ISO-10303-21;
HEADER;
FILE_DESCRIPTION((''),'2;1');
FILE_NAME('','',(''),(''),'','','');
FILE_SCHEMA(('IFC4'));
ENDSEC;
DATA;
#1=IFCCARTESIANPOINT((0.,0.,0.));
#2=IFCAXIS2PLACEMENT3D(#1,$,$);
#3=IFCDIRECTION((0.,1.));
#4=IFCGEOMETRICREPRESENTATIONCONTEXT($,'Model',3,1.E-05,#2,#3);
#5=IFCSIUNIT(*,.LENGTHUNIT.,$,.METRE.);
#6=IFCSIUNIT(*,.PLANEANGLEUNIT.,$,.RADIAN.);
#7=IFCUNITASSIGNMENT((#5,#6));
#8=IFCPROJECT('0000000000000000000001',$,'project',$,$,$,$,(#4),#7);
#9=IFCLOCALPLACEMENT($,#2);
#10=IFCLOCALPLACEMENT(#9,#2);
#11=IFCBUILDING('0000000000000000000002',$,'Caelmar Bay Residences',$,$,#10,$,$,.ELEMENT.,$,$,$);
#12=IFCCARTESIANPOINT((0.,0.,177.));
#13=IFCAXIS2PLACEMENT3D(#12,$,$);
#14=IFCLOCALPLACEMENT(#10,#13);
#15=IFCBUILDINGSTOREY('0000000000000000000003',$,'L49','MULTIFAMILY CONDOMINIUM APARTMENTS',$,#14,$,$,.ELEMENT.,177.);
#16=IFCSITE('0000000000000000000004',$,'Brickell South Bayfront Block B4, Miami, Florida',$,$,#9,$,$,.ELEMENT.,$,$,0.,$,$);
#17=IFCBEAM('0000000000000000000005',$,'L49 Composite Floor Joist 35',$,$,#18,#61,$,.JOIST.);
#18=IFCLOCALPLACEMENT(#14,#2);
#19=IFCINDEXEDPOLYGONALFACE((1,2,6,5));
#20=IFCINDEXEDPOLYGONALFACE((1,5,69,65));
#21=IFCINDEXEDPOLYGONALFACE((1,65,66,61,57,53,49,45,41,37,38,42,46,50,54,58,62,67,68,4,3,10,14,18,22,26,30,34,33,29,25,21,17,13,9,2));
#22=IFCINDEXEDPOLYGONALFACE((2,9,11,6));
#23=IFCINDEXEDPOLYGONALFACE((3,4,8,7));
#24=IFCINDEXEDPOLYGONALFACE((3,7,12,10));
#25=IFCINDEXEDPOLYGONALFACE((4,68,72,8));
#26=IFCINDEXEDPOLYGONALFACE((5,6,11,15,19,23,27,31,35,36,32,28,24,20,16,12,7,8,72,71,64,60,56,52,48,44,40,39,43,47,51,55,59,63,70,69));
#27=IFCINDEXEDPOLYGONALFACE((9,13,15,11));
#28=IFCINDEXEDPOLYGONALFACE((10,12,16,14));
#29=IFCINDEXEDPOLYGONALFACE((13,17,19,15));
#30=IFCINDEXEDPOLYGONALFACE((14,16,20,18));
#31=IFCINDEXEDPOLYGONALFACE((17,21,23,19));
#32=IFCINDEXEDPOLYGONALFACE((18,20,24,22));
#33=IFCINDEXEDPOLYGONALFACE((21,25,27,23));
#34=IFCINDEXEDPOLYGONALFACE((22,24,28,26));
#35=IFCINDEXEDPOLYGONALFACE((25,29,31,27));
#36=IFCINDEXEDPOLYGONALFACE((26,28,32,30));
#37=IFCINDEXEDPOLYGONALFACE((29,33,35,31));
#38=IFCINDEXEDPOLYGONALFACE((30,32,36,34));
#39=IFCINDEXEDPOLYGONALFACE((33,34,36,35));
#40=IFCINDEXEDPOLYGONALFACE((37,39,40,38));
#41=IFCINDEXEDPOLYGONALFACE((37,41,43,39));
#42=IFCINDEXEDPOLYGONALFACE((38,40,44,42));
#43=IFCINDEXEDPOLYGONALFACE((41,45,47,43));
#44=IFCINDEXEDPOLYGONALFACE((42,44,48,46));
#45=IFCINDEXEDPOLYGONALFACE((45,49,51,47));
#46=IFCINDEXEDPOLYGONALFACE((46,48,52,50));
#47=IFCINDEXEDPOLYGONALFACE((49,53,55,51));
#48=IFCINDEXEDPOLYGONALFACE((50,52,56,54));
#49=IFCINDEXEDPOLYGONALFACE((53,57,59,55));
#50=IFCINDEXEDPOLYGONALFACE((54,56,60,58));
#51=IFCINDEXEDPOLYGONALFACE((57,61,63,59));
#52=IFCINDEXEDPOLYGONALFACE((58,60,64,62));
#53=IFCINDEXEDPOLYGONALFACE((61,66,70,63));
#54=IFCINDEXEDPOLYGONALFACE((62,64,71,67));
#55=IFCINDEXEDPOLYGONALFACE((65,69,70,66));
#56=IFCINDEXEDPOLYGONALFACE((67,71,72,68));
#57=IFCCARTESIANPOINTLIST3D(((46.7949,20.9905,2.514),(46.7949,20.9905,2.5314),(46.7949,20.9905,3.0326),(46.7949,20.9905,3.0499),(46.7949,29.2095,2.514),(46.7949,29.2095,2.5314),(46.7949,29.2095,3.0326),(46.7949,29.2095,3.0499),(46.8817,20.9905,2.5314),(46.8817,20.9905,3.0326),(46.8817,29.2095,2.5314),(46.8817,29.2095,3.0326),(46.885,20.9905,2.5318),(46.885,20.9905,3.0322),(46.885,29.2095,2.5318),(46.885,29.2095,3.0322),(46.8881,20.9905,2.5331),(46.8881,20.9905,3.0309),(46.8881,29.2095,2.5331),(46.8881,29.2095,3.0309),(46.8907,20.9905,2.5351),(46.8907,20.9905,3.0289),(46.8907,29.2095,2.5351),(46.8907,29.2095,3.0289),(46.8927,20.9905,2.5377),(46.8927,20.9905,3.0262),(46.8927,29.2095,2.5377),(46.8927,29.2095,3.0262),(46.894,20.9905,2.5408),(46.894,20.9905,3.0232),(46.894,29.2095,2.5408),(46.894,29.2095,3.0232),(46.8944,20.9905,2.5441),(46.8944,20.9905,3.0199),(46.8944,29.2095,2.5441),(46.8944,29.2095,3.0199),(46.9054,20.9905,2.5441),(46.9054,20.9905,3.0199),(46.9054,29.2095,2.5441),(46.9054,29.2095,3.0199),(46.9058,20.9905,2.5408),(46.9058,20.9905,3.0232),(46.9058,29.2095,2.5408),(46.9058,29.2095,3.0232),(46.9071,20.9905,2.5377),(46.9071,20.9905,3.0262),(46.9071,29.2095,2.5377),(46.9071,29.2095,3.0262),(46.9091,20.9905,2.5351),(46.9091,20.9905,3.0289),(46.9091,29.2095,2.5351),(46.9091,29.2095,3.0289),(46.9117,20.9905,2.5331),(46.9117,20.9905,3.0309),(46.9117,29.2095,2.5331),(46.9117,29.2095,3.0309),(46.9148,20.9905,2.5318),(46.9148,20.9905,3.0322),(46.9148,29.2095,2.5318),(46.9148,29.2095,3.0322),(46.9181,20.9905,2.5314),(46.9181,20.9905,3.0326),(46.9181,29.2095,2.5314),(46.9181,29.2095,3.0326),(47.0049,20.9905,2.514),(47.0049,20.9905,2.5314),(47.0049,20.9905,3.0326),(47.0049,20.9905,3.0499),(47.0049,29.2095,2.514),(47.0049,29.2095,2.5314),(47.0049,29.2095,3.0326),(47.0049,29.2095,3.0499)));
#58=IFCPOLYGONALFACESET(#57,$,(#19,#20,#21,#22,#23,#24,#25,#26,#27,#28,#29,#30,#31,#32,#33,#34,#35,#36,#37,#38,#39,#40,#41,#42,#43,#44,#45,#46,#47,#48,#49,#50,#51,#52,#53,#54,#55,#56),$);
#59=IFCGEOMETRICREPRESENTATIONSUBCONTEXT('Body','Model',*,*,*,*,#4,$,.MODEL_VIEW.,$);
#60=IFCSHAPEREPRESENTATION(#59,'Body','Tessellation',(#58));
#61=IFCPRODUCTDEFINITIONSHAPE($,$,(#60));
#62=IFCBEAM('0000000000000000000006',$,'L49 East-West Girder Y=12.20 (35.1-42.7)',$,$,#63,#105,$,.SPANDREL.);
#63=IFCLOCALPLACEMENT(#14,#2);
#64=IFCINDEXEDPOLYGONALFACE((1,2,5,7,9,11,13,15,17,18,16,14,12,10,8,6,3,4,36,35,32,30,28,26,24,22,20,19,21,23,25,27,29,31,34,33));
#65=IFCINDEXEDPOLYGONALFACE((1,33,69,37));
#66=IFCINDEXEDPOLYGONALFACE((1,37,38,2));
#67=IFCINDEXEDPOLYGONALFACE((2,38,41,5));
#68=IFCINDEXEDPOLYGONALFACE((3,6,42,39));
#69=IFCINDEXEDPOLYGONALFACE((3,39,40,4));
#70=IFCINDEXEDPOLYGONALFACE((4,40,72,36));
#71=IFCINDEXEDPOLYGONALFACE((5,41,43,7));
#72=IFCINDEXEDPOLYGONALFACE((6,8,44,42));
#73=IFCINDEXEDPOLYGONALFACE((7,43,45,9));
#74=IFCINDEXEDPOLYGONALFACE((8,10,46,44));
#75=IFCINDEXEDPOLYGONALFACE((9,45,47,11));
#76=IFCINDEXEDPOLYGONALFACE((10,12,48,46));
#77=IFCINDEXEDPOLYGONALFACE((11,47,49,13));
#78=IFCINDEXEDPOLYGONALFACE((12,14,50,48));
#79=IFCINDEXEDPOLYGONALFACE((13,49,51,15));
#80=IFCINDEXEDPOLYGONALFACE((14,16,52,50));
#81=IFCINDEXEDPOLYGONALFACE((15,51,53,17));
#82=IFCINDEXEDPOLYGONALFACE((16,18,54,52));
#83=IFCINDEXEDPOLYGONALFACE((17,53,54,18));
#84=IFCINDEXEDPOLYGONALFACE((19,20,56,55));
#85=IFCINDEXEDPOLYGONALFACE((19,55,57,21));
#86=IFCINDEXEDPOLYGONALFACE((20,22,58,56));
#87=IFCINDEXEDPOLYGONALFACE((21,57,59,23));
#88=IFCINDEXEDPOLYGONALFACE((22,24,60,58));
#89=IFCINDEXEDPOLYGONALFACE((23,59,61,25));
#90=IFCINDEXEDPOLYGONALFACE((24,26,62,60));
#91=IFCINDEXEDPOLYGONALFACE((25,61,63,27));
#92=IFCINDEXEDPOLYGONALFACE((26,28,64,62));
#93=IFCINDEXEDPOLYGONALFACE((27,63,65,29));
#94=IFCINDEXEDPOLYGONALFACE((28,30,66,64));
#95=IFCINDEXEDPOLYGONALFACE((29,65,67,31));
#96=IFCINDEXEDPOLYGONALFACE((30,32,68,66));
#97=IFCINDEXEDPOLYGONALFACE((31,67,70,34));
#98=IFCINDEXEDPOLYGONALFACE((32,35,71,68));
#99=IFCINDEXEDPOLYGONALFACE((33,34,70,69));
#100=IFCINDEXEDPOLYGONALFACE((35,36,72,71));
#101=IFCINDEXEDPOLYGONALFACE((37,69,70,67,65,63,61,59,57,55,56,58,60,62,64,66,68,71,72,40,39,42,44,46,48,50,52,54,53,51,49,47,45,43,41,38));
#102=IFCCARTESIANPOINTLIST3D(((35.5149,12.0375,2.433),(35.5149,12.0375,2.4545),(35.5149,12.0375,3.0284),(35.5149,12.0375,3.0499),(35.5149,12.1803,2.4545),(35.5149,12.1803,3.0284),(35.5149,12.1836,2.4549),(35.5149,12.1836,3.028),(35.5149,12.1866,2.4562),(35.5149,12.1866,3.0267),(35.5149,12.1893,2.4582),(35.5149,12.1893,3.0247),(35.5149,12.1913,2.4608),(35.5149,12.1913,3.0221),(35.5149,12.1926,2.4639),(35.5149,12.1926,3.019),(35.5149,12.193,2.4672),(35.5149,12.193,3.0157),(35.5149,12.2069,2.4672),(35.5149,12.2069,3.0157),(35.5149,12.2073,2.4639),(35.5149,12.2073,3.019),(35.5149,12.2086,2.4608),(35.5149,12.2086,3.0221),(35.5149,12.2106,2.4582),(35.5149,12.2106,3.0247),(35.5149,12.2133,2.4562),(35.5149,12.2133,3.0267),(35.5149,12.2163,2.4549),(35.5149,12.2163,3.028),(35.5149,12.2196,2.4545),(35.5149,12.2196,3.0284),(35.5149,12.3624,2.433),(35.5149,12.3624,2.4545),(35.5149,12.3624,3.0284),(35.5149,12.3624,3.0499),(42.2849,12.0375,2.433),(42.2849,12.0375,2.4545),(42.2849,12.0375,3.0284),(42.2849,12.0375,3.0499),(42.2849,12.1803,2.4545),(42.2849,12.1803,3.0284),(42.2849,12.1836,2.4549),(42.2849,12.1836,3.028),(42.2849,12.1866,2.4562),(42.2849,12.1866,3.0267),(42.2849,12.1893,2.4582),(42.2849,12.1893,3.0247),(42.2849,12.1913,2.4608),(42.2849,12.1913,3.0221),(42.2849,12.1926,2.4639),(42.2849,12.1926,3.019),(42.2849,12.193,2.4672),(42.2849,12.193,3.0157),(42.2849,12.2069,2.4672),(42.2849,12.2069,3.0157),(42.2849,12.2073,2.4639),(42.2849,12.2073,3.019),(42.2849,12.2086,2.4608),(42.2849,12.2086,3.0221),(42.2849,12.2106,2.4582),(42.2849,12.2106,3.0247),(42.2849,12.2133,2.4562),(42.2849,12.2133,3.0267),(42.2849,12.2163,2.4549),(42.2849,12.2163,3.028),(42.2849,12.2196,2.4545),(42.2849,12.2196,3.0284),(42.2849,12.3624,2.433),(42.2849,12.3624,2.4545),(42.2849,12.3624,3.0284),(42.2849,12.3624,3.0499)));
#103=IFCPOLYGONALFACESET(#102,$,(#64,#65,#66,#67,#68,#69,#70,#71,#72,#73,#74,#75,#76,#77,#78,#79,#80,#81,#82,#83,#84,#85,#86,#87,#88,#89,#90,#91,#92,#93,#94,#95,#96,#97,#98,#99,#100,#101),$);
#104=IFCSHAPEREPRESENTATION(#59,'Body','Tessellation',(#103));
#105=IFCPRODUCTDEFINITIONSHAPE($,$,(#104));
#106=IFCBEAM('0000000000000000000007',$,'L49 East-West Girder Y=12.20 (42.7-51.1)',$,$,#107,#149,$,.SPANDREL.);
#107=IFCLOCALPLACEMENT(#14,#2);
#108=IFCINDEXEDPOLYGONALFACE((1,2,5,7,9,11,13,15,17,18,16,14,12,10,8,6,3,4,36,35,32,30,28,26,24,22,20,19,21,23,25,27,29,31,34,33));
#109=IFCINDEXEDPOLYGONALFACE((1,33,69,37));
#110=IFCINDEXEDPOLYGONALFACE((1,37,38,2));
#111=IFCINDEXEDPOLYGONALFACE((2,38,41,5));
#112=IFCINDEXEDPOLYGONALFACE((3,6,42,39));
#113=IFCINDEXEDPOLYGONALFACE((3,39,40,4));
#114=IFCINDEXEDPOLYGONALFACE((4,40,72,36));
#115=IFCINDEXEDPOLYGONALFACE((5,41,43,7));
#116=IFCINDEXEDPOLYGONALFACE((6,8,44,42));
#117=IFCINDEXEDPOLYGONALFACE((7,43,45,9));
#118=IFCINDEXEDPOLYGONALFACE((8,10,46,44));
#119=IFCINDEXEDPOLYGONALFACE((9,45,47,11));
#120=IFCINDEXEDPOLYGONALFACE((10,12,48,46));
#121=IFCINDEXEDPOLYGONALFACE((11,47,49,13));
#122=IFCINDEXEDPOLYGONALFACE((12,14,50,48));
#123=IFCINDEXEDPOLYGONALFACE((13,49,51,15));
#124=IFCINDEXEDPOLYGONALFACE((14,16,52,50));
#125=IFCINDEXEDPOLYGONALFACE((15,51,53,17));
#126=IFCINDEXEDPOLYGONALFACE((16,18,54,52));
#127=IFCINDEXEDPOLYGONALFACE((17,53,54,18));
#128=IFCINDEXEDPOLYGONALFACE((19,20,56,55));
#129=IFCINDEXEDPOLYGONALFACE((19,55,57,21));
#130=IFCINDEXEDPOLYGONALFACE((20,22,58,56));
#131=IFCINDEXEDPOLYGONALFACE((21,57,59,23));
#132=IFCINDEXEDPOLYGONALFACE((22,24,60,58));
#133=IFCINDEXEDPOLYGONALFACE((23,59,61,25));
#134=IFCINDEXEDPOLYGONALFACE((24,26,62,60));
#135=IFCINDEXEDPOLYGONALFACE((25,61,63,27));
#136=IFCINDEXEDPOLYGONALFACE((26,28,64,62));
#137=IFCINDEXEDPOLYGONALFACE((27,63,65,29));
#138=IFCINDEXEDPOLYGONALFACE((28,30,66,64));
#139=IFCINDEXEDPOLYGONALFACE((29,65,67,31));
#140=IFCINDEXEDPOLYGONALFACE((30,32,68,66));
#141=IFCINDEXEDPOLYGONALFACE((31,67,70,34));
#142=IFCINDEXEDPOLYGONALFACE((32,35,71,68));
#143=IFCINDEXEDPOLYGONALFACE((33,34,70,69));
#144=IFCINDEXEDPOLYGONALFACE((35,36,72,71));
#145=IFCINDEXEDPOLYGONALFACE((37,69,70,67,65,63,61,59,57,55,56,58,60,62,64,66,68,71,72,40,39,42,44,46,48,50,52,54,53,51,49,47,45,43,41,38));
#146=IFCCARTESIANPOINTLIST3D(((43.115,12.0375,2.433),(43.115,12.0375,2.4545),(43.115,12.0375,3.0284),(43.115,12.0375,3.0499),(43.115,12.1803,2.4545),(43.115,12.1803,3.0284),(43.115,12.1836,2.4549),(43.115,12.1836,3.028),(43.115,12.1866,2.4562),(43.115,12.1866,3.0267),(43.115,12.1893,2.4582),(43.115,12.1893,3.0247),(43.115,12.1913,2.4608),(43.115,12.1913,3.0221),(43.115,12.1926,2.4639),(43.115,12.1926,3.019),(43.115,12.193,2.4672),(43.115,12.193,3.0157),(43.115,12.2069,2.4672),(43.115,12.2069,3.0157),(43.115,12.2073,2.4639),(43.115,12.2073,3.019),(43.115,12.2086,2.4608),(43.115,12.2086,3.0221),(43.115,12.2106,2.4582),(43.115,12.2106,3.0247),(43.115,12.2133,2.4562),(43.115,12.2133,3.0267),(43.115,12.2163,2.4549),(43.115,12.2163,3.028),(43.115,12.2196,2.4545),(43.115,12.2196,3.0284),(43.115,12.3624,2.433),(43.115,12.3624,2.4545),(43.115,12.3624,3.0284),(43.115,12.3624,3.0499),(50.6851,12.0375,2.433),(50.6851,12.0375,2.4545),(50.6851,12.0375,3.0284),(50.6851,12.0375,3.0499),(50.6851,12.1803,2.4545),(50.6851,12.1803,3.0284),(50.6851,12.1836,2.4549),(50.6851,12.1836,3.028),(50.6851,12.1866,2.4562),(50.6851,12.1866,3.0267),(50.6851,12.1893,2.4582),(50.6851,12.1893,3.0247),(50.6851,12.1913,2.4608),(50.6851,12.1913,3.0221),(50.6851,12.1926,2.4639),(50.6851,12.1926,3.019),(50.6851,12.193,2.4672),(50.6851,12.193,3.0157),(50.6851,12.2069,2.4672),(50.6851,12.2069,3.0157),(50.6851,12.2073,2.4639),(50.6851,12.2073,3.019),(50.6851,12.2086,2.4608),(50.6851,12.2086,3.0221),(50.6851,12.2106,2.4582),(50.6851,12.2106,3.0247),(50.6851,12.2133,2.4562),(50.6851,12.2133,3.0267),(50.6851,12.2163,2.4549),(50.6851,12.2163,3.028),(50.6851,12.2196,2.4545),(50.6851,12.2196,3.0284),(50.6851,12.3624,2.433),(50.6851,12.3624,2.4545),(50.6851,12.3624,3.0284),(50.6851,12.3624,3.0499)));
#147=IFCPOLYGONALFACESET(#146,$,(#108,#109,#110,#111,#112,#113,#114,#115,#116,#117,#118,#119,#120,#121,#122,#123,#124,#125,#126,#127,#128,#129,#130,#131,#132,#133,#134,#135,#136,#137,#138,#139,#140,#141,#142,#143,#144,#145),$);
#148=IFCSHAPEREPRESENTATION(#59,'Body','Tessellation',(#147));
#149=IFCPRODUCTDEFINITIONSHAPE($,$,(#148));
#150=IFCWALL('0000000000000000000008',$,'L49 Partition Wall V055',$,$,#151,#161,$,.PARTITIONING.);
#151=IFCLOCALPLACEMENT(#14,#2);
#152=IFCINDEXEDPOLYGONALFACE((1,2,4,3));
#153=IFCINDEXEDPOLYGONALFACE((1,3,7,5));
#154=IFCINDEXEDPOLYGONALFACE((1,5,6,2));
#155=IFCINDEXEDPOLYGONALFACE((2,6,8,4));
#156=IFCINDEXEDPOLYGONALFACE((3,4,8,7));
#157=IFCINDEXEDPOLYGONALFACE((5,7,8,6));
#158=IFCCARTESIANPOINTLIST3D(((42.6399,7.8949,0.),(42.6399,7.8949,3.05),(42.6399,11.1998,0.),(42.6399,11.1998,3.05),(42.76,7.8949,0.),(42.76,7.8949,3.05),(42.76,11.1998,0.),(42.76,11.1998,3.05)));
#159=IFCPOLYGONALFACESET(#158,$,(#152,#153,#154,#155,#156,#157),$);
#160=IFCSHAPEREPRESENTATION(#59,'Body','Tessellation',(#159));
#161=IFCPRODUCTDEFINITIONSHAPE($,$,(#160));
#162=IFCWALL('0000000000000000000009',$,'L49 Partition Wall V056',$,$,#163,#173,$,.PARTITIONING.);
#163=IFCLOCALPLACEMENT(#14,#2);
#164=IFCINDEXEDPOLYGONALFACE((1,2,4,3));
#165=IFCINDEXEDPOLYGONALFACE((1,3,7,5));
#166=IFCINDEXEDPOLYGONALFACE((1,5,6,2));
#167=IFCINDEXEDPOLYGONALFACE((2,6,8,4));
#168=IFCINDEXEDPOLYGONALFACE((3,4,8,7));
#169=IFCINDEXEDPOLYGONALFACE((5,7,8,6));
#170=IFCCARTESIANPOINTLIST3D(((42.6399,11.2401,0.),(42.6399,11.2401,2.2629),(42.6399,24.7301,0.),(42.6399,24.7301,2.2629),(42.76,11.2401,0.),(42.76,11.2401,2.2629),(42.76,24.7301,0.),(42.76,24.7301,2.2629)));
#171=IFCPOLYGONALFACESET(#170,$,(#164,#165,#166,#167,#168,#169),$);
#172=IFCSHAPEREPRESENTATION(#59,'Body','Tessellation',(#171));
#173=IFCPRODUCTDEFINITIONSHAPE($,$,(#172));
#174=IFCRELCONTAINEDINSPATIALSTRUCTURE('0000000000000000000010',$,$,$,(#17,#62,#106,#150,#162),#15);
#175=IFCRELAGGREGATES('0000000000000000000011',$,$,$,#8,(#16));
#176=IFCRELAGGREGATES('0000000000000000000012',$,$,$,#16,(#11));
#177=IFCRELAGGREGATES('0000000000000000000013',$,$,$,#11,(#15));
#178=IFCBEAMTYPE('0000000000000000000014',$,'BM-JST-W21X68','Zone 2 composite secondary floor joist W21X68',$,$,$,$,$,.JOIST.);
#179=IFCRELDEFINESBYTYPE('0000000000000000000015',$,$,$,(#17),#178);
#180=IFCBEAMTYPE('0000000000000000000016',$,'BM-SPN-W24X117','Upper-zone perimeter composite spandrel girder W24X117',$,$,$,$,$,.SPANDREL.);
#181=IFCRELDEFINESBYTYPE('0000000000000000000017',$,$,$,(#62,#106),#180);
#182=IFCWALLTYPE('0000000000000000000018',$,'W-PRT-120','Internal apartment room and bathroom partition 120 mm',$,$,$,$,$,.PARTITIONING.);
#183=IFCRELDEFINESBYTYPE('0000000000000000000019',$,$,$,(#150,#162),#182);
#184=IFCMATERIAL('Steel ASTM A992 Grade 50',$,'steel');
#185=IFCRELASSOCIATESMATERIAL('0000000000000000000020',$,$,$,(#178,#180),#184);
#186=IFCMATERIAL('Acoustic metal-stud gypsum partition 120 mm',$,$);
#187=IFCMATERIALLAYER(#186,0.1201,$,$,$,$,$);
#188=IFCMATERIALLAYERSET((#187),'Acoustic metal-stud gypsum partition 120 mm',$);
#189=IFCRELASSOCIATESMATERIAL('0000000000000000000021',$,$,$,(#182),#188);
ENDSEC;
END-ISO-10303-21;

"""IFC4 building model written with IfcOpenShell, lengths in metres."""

from ifc_helpers import new_model, si_unit, direction, frame, frame_2d, origin, origin_2d, place, context, subcontext, project, spatial, rectangle, i_section, extrude, material, layer, layer_set, material_profile, profile_set, type_object, element, save


model = new_model("IFC4")

# Units and contexts
model_context = context("Model", 3, precision=1e-05, world=origin(), true_north=direction((0.0, 1.0)))
body_context = subcontext(model_context, "Body", "Model", "MODEL_VIEW")
ifc_project = project(units=[si_unit("LENGTHUNIT", "METRE"), si_unit("PLANEANGLEUNIT", "RADIAN")], contexts=[model_context])

# Site, building, storey
site_placement = place(None, origin())
site = spatial("IfcSite", under=ifc_project, at=site_placement, Name="Brickell South Bayfront Block B4, Miami, Florida", CompositionType="ELEMENT", RefElevation=0.0)
building_placement = place(site_placement, origin())
building = spatial("IfcBuilding", under=site, at=building_placement, Name="Caelmar Bay Residences", CompositionType="ELEMENT")
storey_placement = place(building_placement, frame((0.0, 0.0, 177.0)))
storey = spatial("IfcBuildingStorey", under=building, at=storey_placement, Name="L49", Description="MULTIFAMILY CONDOMINIUM APARTMENTS", CompositionType="ELEMENT", Elevation=177.0)

# Beams
ifc_material_1 = material(Name="Steel ASTM A992 Grade 50", Category="steel")
ifc_material_profile_1 = material_profile(ifc_material_1, i_section(OverallWidth=0.21, OverallDepth=0.5359, WebThickness=0.011, FlangeThickness=0.0173, FilletRadius=0.0127, at=origin_2d()), Name="W21X68")
ifc_profile_set_1 = profile_set([ifc_material_profile_1], Name="Steel ASTM A992 Grade 50")
beam_type_1 = type_object("IfcBeamType", Name="BM-JST-W21X68", Description="Zone 2 composite secondary floor joist W21X68", PredefinedType="JOIST", material=ifc_profile_set_1)
for number, where, z_axis, x_axis, name in (
    (1, (46.8999, 20.9905, 2.782), (0.0, 1.0, 0.0), (-1.0, 0.0, 0.0), "L49 Composite Floor Joist 35"),
):
    element("IfcBeam", number, at=place(storey_placement, frame(where, z_axis=z_axis, x_axis=x_axis)), inside=storey, type_object=beam_type_1, Name=name, PredefinedType="JOIST", context=body_context, shape_type="SweptSolid", body=[
        extrude(i_section(OverallWidth=0.21, OverallDepth=0.5359, WebThickness=0.011, FlangeThickness=0.0173, FilletRadius=0.0127, at=origin_2d()), origin(), (0.0, 0.0, 1.0), 8.219),
    ])
ifc_material_profile_2 = material_profile(ifc_material_1, i_section(OverallWidth=0.325, OverallDepth=0.6169, WebThickness=0.0139, FlangeThickness=0.0215, FilletRadius=0.0127, at=origin_2d()), Name="W24X117")
ifc_profile_set_2 = profile_set([ifc_material_profile_2], Name="Steel ASTM A992 Grade 50")
beam_type_2 = type_object("IfcBeamType", Name="BM-SPN-W24X117", Description="Upper-zone perimeter composite spandrel girder W24X117", PredefinedType="SPANDREL", material=ifc_profile_set_2)
beam_1_placement = place(storey_placement, frame((35.5149, 12.2, 2.7415), z_axis=(1.0, 0.0, 0.0), x_axis=(0.0, 1.0, 0.0)))
element("IfcBeam", 2, at=beam_1_placement, inside=storey, type_object=beam_type_2, Name="L49 East-West Girder Y=12.20 (35.1-42.7)", PredefinedType="SPANDREL", context=body_context, shape_type="SweptSolid", body=[
    extrude(i_section(OverallWidth=0.325, OverallDepth=0.6169, WebThickness=0.0139, FlangeThickness=0.0215, FilletRadius=0.0127, at=origin_2d()), origin(), (0.0, 0.0, 1.0), 6.77),
])
beam_2_placement = place(storey_placement, frame((43.115, 12.2, 2.7415), z_axis=(1.0, 0.0, 0.0), x_axis=(0.0, 1.0, 0.0)))
element("IfcBeam", 3, at=beam_2_placement, inside=storey, type_object=beam_type_2, Name="L49 East-West Girder Y=12.20 (42.7-51.1)", PredefinedType="SPANDREL", context=body_context, shape_type="SweptSolid", body=[
    extrude(i_section(OverallWidth=0.325, OverallDepth=0.6169, WebThickness=0.0139, FlangeThickness=0.0215, FilletRadius=0.0127, at=origin_2d()), origin(), (0.0, 0.0, 1.0), 7.5701),
])

# Walls
ifc_material_2 = material(Name="Acoustic metal-stud gypsum partition 120 mm")
ifc_layer_1 = layer(ifc_material_2, 0.1201)
ifc_layer_set_1 = layer_set([ifc_layer_1], Name="Acoustic metal-stud gypsum partition 120 mm")
wall_type_1 = type_object("IfcWallType", Name="W-PRT-120", Description="Internal apartment room and bathroom partition 120 mm", PredefinedType="PARTITIONING", material=ifc_layer_set_1)
wall_1_placement = place(storey_placement, frame((42.7, 7.895, 0.0), z_axis=(0.0, 0.0, 1.0), x_axis=(0.0, 1.0, 0.0)))
element("IfcWall", 4, at=wall_1_placement, inside=storey, type_object=wall_type_1, Name="L49 Partition Wall V055", PredefinedType="PARTITIONING", context=body_context, shape_type="SweptSolid", body=[
    extrude(rectangle(XDim=3.3049, YDim=0.1201, at=frame_2d((1.6523, 0.0))), origin(), (0.0, 0.0, 1.0), 3.05),
])
wall_2_placement = place(storey_placement, frame((42.7, 11.24, 0.0), z_axis=(0.0, 0.0, 1.0), x_axis=(0.0, 1.0, 0.0)))
element("IfcWall", 5, at=wall_2_placement, inside=storey, type_object=wall_type_1, Name="L49 Partition Wall V056", PredefinedType="PARTITIONING", context=body_context, shape_type="SweptSolid", body=[
    extrude(rectangle(XDim=13.49, YDim=0.1201, at=frame_2d((6.7451, 0.0))), origin(), (0.0, 0.0, 1.0), 2.2629),
])

save(model, "model.ifc")
